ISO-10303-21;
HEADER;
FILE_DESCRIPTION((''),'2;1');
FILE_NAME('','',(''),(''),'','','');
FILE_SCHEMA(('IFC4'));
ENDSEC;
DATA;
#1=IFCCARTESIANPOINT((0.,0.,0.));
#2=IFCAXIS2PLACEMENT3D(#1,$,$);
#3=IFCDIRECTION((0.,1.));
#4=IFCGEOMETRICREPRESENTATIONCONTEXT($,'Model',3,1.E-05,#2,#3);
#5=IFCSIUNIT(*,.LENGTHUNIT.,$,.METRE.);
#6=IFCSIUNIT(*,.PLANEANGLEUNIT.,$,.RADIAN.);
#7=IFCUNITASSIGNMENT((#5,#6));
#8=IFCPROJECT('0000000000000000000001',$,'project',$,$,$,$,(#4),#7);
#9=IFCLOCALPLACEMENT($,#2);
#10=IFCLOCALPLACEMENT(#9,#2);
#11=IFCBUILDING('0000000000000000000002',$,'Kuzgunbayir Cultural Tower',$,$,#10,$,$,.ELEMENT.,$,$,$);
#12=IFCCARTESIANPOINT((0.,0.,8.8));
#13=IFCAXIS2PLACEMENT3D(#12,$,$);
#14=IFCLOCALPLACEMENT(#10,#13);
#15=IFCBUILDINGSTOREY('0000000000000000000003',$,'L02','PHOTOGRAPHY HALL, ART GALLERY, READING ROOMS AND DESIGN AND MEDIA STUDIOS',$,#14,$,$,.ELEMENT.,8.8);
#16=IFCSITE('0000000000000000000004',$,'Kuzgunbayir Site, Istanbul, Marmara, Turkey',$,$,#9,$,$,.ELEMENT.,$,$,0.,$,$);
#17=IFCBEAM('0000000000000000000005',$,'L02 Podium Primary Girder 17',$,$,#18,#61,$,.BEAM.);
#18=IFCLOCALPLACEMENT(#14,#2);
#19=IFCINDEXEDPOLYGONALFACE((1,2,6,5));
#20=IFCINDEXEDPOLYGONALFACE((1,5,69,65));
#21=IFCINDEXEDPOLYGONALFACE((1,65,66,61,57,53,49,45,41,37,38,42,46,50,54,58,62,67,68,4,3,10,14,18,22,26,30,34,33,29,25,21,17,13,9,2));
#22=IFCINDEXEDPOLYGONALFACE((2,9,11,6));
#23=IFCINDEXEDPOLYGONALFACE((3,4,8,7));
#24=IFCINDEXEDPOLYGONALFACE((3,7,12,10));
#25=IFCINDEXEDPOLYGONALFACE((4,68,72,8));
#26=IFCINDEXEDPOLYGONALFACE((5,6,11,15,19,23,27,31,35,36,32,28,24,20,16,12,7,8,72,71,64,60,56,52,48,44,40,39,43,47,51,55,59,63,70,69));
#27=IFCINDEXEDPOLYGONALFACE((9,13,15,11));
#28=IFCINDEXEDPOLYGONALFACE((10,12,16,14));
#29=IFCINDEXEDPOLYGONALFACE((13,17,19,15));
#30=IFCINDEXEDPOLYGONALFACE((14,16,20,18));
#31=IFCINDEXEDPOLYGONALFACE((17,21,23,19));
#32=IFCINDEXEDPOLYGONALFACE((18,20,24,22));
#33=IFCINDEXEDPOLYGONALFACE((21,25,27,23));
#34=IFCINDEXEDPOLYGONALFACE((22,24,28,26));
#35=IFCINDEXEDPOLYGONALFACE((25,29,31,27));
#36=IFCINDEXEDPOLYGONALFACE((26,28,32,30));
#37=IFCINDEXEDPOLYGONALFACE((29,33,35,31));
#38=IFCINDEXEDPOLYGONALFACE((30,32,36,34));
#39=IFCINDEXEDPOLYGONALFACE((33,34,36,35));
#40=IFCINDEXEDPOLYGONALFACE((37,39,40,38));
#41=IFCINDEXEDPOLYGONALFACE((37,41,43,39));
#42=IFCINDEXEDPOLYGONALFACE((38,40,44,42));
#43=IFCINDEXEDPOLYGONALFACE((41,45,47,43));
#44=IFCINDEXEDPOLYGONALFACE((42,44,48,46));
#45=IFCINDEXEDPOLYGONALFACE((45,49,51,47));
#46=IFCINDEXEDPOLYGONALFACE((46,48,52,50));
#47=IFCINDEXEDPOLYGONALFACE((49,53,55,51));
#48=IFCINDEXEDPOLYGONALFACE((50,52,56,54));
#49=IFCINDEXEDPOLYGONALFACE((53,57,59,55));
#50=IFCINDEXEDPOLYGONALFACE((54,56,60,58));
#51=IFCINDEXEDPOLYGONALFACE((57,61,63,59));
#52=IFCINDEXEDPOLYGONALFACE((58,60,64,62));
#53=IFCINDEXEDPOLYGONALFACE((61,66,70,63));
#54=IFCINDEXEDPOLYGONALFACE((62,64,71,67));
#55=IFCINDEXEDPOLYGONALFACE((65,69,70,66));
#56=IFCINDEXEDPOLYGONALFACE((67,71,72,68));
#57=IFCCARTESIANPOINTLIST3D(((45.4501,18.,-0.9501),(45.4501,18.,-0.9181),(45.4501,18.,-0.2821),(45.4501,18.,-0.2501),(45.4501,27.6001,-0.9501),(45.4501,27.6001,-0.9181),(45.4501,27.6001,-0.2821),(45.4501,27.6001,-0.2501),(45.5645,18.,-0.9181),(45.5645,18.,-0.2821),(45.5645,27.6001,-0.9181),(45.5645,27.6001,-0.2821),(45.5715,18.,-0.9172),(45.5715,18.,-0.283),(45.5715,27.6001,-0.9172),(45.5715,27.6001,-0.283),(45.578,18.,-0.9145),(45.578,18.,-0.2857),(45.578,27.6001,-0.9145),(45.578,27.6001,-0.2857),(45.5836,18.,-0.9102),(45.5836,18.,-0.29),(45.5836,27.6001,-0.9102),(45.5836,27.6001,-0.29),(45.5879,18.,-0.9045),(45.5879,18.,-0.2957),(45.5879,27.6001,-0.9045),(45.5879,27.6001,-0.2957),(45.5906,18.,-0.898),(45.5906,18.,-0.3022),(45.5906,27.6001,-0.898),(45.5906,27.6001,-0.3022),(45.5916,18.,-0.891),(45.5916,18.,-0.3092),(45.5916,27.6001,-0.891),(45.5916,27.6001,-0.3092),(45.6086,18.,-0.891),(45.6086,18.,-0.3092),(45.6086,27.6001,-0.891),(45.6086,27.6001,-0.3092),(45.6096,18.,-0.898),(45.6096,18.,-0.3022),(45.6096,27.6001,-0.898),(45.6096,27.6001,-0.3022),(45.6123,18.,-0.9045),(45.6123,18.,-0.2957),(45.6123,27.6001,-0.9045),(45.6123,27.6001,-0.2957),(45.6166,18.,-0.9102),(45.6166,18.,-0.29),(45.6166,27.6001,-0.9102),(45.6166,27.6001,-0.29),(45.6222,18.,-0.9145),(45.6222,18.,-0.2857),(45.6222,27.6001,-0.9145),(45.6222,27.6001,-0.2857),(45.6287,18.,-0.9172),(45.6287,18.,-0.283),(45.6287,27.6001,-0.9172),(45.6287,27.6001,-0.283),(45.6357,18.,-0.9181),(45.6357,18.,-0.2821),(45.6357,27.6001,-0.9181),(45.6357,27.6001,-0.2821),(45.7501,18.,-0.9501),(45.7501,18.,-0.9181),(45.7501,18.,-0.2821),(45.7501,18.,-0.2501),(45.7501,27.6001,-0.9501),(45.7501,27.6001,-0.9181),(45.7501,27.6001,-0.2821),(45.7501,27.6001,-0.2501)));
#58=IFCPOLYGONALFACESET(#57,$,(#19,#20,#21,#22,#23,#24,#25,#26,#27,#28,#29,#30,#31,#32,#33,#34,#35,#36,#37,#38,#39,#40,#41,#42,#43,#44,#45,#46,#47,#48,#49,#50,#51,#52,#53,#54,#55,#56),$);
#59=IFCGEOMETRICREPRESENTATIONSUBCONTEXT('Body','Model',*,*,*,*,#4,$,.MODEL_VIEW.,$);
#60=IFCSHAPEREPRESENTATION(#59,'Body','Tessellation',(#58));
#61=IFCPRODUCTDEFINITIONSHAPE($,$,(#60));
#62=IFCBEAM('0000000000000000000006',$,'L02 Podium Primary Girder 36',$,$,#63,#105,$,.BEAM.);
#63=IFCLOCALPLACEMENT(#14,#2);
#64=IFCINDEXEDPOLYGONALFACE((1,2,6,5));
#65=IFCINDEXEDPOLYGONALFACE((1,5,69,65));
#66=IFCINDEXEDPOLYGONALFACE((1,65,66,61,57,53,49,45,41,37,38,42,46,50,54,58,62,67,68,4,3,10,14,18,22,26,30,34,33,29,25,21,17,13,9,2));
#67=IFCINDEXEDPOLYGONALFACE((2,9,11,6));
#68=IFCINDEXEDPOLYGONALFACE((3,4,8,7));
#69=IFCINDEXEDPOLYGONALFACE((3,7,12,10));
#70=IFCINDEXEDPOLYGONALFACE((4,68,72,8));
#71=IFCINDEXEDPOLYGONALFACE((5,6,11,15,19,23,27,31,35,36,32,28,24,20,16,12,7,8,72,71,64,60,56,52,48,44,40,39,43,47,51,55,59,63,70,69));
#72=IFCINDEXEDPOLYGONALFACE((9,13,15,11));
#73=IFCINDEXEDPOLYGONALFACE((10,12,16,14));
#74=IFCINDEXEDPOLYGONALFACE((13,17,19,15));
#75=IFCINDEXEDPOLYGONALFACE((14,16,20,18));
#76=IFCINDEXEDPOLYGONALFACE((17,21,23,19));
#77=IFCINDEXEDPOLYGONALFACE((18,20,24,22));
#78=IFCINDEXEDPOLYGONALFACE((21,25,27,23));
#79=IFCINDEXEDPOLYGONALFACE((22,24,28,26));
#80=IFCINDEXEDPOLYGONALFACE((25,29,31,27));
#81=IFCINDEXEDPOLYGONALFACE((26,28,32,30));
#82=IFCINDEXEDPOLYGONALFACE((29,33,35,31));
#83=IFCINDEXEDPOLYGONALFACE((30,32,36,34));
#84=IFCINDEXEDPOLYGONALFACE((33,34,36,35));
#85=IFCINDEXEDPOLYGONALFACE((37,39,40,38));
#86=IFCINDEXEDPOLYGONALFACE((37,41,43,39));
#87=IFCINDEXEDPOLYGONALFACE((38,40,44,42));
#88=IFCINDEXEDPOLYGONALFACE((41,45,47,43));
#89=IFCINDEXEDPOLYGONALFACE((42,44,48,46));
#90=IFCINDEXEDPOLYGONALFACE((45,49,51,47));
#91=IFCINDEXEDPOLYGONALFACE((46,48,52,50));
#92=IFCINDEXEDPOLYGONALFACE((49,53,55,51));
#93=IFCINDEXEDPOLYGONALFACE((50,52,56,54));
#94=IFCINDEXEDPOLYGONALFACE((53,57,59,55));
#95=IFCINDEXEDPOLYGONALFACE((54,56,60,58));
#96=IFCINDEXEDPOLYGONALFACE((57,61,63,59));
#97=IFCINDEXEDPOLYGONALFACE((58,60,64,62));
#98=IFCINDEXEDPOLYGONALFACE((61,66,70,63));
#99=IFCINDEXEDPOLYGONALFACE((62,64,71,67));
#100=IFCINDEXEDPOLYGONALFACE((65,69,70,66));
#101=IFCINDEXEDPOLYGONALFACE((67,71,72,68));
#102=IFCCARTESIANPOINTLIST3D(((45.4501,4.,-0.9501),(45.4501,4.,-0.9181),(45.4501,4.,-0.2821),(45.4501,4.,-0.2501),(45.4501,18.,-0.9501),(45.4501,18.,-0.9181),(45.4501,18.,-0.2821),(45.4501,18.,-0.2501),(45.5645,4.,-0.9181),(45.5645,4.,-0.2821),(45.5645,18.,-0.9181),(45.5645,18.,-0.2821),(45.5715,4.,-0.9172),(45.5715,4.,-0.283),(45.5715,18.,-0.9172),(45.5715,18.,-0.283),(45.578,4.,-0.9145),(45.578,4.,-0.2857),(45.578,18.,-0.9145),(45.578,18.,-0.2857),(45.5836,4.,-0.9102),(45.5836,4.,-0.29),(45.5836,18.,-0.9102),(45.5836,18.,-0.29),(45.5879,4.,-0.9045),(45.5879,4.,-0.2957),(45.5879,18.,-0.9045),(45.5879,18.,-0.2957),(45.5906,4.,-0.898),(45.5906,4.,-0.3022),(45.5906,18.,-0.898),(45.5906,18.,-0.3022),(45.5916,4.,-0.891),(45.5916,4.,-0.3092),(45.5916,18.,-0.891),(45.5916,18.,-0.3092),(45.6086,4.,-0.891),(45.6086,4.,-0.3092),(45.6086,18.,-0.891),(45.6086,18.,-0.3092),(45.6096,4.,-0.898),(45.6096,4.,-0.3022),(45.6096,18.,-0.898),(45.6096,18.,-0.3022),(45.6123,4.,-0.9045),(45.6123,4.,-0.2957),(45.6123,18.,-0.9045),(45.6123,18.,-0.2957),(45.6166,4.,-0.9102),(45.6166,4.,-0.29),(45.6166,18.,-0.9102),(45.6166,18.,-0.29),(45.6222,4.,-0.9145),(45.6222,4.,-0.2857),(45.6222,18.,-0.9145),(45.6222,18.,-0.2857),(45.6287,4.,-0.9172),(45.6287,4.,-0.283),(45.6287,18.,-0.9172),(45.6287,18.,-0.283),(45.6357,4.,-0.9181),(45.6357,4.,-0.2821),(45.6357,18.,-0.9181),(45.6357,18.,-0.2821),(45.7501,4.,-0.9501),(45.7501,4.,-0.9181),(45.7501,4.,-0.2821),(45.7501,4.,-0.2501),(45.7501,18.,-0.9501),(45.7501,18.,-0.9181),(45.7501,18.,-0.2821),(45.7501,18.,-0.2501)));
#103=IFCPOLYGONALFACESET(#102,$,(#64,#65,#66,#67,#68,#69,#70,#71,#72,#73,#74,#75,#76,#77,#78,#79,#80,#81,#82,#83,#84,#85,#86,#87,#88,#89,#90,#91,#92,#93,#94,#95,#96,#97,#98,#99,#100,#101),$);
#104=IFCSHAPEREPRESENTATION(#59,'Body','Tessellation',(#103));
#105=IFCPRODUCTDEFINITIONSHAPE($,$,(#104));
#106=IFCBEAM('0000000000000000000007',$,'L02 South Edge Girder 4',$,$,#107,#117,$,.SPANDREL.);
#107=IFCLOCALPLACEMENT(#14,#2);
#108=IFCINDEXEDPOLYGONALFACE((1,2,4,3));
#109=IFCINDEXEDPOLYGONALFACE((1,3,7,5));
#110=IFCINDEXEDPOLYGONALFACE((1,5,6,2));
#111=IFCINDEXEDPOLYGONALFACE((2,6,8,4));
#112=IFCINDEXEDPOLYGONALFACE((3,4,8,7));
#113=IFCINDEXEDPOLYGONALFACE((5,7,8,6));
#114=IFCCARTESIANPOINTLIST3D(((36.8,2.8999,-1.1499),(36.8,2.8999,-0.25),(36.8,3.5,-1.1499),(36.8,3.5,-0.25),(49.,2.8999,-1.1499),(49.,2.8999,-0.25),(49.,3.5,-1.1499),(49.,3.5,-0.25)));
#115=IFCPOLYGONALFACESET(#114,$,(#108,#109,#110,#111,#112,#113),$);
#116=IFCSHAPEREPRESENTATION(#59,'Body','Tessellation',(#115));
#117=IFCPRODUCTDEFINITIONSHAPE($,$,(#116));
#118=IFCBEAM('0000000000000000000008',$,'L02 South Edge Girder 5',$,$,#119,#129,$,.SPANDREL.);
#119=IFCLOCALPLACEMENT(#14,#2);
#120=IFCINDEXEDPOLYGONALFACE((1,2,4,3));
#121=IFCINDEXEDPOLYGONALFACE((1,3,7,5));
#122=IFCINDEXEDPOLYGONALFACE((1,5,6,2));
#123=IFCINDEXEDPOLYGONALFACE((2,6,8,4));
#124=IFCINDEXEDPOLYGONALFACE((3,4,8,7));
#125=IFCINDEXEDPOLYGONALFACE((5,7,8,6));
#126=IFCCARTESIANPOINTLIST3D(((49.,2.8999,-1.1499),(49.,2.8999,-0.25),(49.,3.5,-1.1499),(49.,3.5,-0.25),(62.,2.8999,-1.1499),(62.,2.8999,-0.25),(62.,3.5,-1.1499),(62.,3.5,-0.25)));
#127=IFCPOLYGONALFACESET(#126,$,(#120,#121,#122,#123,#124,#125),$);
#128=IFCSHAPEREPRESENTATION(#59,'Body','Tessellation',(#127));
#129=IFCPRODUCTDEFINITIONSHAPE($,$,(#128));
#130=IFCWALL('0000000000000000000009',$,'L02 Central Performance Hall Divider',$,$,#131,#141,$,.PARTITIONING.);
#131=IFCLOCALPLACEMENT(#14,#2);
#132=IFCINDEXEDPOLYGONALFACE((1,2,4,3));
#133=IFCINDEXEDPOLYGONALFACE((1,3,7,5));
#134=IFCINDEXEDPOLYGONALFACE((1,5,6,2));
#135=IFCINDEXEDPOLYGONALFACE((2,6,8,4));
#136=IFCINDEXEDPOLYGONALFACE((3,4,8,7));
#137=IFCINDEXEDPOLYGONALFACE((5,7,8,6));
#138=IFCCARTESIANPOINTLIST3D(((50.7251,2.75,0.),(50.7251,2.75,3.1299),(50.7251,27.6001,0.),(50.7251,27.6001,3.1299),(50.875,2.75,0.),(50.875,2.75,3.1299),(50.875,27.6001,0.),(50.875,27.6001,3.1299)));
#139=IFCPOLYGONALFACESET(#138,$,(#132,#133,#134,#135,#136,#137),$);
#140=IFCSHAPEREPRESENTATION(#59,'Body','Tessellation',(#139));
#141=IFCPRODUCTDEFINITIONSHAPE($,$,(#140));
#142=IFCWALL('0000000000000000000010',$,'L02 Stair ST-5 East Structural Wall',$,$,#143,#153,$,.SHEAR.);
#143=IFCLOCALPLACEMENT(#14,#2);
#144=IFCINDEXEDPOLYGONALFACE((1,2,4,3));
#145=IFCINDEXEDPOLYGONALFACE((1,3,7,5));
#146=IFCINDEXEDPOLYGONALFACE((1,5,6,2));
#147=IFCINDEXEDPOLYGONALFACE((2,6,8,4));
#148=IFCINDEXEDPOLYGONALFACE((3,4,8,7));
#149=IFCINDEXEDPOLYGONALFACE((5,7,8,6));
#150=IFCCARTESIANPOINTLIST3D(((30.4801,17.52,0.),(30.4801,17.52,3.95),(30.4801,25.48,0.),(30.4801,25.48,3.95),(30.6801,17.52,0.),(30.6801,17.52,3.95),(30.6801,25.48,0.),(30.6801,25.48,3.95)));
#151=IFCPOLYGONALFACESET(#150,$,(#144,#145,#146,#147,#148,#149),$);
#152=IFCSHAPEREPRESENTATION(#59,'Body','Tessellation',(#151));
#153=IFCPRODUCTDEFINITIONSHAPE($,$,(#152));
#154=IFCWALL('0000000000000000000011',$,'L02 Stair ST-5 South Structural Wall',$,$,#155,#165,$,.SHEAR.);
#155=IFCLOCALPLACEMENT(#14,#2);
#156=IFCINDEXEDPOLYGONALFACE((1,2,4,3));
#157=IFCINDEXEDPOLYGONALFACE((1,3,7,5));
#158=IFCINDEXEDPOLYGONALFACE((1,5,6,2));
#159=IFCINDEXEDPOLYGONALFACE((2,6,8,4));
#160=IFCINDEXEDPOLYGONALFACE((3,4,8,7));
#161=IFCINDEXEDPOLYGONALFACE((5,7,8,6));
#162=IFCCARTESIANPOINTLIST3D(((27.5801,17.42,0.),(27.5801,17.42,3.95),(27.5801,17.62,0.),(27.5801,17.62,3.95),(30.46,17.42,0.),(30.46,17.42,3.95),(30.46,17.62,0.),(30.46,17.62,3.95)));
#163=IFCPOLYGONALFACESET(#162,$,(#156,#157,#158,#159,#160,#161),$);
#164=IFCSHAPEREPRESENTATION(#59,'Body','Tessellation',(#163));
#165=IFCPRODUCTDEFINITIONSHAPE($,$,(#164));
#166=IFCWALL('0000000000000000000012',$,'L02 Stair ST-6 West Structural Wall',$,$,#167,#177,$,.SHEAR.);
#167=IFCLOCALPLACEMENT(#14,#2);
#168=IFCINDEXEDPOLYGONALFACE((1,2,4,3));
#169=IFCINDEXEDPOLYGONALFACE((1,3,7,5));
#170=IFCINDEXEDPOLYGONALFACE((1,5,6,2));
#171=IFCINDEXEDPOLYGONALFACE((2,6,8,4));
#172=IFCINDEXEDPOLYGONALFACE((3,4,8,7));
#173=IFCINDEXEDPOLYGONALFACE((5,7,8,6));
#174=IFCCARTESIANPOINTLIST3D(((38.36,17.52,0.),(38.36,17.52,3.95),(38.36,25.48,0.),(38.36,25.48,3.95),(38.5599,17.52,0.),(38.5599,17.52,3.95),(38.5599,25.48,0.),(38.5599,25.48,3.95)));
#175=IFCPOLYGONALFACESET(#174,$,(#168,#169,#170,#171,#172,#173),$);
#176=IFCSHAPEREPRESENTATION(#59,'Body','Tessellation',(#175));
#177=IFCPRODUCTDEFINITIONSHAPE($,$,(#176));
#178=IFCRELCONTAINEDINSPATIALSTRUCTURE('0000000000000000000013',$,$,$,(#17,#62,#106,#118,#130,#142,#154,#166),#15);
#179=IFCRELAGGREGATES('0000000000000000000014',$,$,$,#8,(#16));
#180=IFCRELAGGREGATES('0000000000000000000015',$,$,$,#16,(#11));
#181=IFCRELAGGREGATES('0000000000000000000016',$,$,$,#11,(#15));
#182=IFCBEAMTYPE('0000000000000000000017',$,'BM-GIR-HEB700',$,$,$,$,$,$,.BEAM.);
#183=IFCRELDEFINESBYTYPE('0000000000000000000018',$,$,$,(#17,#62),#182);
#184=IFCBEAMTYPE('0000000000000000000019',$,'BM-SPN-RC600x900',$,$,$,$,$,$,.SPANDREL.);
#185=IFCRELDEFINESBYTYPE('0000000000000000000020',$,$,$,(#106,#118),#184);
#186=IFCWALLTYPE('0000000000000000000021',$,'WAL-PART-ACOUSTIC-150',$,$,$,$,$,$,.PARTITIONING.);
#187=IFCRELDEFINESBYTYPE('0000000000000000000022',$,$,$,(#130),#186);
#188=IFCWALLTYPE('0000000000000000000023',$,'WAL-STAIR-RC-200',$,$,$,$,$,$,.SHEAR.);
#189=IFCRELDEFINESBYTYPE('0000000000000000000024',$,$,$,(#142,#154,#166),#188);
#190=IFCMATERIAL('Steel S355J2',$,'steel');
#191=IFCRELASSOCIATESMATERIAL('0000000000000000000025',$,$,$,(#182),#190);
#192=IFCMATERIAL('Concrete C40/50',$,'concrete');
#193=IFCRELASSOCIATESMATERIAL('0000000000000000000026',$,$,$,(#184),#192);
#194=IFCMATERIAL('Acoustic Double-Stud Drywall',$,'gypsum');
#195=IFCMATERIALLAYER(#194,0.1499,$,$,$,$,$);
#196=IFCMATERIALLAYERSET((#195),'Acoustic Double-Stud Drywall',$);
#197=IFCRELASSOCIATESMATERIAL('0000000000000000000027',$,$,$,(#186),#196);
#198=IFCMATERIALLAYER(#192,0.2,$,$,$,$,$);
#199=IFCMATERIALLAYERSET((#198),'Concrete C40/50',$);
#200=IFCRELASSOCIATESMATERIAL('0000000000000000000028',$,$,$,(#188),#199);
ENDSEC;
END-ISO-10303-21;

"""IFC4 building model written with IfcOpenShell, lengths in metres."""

from ifc_helpers import new_model, si_unit, direction, frame, frame_2d, origin, origin_2d, place, context, subcontext, project, spatial, rectangle, i_section, extrude, material, layer, layer_set, material_profile, profile_set, type_object, element, save


model = new_model("IFC4")

# Units and contexts
model_context = context("Model", 3, precision=1e-05, world=origin(), true_north=direction((0.0, 1.0)))
body_context = subcontext(model_context, "Body", "Model", "MODEL_VIEW")
ifc_project = project(units=[si_unit("LENGTHUNIT", "METRE"), si_unit("PLANEANGLEUNIT", "RADIAN")], contexts=[model_context])

# Site, building, storey
site_placement = place(None, origin())
site = spatial("IfcSite", under=ifc_project, at=site_placement, Name="Kuzgunbayir Site, Istanbul, Marmara, Turkey", CompositionType="ELEMENT", RefElevation=0.0)
building_placement = place(site_placement, origin())
building = spatial("IfcBuilding", under=site, at=building_placement, Name="Kuzgunbayir Cultural Tower", CompositionType="ELEMENT")
storey_placement = place(building_placement, frame((0.0, 0.0, 8.8)))
storey = spatial("IfcBuildingStorey", under=building, at=storey_placement, Name="L02", Description="PHOTOGRAPHY HALL, ART GALLERY, READING ROOMS AND DESIGN AND MEDIA STUDIOS", CompositionType="ELEMENT", Elevation=8.8)

# Beams
ifc_material_1 = material(Name="Steel S355J2", Category="steel")
ifc_material_profile_1 = material_profile(ifc_material_1, i_section(OverallWidth=0.3, OverallDepth=0.7, WebThickness=0.0171, FlangeThickness=0.032, FilletRadius=0.0271, at=origin_2d()), Name="HEB 700")
ifc_profile_set_1 = profile_set([ifc_material_profile_1], Name="Steel S355J2")
beam_type_1 = type_object("IfcBeamType", Name="BM-GIR-HEB700", PredefinedType="BEAM", material=ifc_profile_set_1)
beam_1_placement = place(storey_placement, frame((45.6001, 18.0, -0.6001), z_axis=(0.0, 1.0, 0.0), x_axis=(-1.0, 0.0, 0.0)))
element("IfcBeam", 1, at=beam_1_placement, inside=storey, type_object=beam_type_1, Name="L02 Podium Primary Girder 17", PredefinedType="BEAM", context=body_context, shape_type="SweptSolid", body=[
    extrude(i_section(OverallWidth=0.3, OverallDepth=0.7, WebThickness=0.0171, FlangeThickness=0.032, FilletRadius=0.0271, at=origin_2d()), origin(), (0.0, 0.0, 1.0), 9.6001),
])
beam_2_placement = place(storey_placement, frame((45.6001, 4.0, -0.6001), z_axis=(0.0, 1.0, 0.0), x_axis=(-1.0, 0.0, 0.0)))
element("IfcBeam", 2, at=beam_2_placement, inside=storey, type_object=beam_type_1, Name="L02 Podium Primary Girder 36", PredefinedType="BEAM", context=body_context, shape_type="SweptSolid", body=[
    extrude(i_section(OverallWidth=0.3, OverallDepth=0.7, WebThickness=0.0171, FlangeThickness=0.032, FilletRadius=0.0271, at=origin_2d()), origin(), (0.0, 0.0, 1.0), 14.0),
])
ifc_material_2 = material(Name="Concrete C40/50", Category="concrete")
ifc_material_profile_2 = material_profile(ifc_material_2, rectangle(XDim=0.6001, YDim=0.8999, at=origin_2d()), Name="RC 600x900")
ifc_profile_set_2 = profile_set([ifc_material_profile_2], Name="Concrete C40/50")
beam_type_2 = type_object("IfcBeamType", Name="BM-SPN-RC600x900", PredefinedType="SPANDREL", material=ifc_profile_set_2)
beam_3_placement = place(storey_placement, frame((36.8, 3.2, -0.7), z_axis=(1.0, 0.0, 0.0), x_axis=(0.0, 1.0, 0.0)))
element("IfcBeam", 3, at=beam_3_placement, inside=storey, type_object=beam_type_2, Name="L02 South Edge Girder 4", PredefinedType="SPANDREL", context=body_context, shape_type="SweptSolid", body=[
    extrude(rectangle(XDim=0.6001, YDim=0.8999, at=origin_2d()), origin(), (0.0, 0.0, 1.0), 12.2),
])
beam_4_placement = place(storey_placement, frame((49.0, 3.2, -0.7), z_axis=(1.0, 0.0, 0.0), x_axis=(0.0, 1.0, 0.0)))
element("IfcBeam", 4, at=beam_4_placement, inside=storey, type_object=beam_type_2, Name="L02 South Edge Girder 5", PredefinedType="SPANDREL", context=body_context, shape_type="SweptSolid", body=[
    extrude(rectangle(XDim=0.6001, YDim=0.8999, at=origin_2d()), origin(), (0.0, 0.0, 1.0), 13.0),
])

# Walls
ifc_material_3 = material(Name="Acoustic Double-Stud Drywall", Category="gypsum")
ifc_layer_1 = layer(ifc_material_3, 0.1499)
ifc_layer_set_1 = layer_set([ifc_layer_1], Name="Acoustic Double-Stud Drywall")
wall_type_1 = type_object("IfcWallType", Name="WAL-PART-ACOUSTIC-150", PredefinedType="PARTITIONING", material=ifc_layer_set_1)
wall_1_placement = place(storey_placement, frame((50.8, 2.75, 0.0), z_axis=(0.0, 0.0, 1.0), x_axis=(0.0, 1.0, 0.0)))
element("IfcWall", 5, at=wall_1_placement, inside=storey, type_object=wall_type_1, Name="L02 Central Performance Hall Divider", PredefinedType="PARTITIONING", context=body_context, shape_type="SweptSolid", body=[
    extrude(rectangle(XDim=24.8501, YDim=0.1499, at=frame_2d((12.425, 0.0))), origin(), (0.0, 0.0, 1.0), 3.1299),
])
ifc_layer_2 = layer(ifc_material_2, 0.2)
ifc_layer_set_2 = layer_set([ifc_layer_2], Name="Concrete C40/50")
wall_type_2 = type_object("IfcWallType", Name="WAL-STAIR-RC-200", PredefinedType="SHEAR", material=ifc_layer_set_2)
wall_2_placement = place(storey_placement, frame((30.5801, 17.52, 0.0), z_axis=(0.0, 0.0, 1.0), x_axis=(0.0, 1.0, 0.0)))
element("IfcWall", 6, at=wall_2_placement, inside=storey, type_object=wall_type_2, Name="L02 Stair ST-5 East Structural Wall", PredefinedType="SHEAR", context=body_context, shape_type="SweptSolid", body=[
    extrude(rectangle(XDim=7.96, YDim=0.2, at=frame_2d((3.98, 0.0))), origin(), (0.0, 0.0, 1.0), 3.95),
])
wall_3_placement = place(storey_placement, frame((27.5801, 17.52, 0.0), z_axis=(0.0, 0.0, 1.0), x_axis=(1.0, 0.0, 0.0)))
element("IfcWall", 7, at=wall_3_placement, inside=storey, type_object=wall_type_2, Name="L02 Stair ST-5 South Structural Wall", PredefinedType="SHEAR", context=body_context, shape_type="SweptSolid", body=[
    extrude(rectangle(XDim=2.8799, YDim=0.2, at=frame_2d((1.4399, 0.0))), origin(), (0.0, 0.0, 1.0), 3.95),
])
wall_4_placement = place(storey_placement, frame((38.46, 17.52, 0.0), z_axis=(0.0, 0.0, 1.0), x_axis=(0.0, 1.0, 0.0)))
element("IfcWall", 8, at=wall_4_placement, inside=storey, type_object=wall_type_2, Name="L02 Stair ST-6 West Structural Wall", PredefinedType="SHEAR", context=body_context, shape_type="SweptSolid", body=[
    extrude(rectangle(XDim=7.96, YDim=0.2, at=frame_2d((3.98, 0.0))), origin(), (0.0, 0.0, 1.0), 3.95),
])

save(model, "model.ifc")
